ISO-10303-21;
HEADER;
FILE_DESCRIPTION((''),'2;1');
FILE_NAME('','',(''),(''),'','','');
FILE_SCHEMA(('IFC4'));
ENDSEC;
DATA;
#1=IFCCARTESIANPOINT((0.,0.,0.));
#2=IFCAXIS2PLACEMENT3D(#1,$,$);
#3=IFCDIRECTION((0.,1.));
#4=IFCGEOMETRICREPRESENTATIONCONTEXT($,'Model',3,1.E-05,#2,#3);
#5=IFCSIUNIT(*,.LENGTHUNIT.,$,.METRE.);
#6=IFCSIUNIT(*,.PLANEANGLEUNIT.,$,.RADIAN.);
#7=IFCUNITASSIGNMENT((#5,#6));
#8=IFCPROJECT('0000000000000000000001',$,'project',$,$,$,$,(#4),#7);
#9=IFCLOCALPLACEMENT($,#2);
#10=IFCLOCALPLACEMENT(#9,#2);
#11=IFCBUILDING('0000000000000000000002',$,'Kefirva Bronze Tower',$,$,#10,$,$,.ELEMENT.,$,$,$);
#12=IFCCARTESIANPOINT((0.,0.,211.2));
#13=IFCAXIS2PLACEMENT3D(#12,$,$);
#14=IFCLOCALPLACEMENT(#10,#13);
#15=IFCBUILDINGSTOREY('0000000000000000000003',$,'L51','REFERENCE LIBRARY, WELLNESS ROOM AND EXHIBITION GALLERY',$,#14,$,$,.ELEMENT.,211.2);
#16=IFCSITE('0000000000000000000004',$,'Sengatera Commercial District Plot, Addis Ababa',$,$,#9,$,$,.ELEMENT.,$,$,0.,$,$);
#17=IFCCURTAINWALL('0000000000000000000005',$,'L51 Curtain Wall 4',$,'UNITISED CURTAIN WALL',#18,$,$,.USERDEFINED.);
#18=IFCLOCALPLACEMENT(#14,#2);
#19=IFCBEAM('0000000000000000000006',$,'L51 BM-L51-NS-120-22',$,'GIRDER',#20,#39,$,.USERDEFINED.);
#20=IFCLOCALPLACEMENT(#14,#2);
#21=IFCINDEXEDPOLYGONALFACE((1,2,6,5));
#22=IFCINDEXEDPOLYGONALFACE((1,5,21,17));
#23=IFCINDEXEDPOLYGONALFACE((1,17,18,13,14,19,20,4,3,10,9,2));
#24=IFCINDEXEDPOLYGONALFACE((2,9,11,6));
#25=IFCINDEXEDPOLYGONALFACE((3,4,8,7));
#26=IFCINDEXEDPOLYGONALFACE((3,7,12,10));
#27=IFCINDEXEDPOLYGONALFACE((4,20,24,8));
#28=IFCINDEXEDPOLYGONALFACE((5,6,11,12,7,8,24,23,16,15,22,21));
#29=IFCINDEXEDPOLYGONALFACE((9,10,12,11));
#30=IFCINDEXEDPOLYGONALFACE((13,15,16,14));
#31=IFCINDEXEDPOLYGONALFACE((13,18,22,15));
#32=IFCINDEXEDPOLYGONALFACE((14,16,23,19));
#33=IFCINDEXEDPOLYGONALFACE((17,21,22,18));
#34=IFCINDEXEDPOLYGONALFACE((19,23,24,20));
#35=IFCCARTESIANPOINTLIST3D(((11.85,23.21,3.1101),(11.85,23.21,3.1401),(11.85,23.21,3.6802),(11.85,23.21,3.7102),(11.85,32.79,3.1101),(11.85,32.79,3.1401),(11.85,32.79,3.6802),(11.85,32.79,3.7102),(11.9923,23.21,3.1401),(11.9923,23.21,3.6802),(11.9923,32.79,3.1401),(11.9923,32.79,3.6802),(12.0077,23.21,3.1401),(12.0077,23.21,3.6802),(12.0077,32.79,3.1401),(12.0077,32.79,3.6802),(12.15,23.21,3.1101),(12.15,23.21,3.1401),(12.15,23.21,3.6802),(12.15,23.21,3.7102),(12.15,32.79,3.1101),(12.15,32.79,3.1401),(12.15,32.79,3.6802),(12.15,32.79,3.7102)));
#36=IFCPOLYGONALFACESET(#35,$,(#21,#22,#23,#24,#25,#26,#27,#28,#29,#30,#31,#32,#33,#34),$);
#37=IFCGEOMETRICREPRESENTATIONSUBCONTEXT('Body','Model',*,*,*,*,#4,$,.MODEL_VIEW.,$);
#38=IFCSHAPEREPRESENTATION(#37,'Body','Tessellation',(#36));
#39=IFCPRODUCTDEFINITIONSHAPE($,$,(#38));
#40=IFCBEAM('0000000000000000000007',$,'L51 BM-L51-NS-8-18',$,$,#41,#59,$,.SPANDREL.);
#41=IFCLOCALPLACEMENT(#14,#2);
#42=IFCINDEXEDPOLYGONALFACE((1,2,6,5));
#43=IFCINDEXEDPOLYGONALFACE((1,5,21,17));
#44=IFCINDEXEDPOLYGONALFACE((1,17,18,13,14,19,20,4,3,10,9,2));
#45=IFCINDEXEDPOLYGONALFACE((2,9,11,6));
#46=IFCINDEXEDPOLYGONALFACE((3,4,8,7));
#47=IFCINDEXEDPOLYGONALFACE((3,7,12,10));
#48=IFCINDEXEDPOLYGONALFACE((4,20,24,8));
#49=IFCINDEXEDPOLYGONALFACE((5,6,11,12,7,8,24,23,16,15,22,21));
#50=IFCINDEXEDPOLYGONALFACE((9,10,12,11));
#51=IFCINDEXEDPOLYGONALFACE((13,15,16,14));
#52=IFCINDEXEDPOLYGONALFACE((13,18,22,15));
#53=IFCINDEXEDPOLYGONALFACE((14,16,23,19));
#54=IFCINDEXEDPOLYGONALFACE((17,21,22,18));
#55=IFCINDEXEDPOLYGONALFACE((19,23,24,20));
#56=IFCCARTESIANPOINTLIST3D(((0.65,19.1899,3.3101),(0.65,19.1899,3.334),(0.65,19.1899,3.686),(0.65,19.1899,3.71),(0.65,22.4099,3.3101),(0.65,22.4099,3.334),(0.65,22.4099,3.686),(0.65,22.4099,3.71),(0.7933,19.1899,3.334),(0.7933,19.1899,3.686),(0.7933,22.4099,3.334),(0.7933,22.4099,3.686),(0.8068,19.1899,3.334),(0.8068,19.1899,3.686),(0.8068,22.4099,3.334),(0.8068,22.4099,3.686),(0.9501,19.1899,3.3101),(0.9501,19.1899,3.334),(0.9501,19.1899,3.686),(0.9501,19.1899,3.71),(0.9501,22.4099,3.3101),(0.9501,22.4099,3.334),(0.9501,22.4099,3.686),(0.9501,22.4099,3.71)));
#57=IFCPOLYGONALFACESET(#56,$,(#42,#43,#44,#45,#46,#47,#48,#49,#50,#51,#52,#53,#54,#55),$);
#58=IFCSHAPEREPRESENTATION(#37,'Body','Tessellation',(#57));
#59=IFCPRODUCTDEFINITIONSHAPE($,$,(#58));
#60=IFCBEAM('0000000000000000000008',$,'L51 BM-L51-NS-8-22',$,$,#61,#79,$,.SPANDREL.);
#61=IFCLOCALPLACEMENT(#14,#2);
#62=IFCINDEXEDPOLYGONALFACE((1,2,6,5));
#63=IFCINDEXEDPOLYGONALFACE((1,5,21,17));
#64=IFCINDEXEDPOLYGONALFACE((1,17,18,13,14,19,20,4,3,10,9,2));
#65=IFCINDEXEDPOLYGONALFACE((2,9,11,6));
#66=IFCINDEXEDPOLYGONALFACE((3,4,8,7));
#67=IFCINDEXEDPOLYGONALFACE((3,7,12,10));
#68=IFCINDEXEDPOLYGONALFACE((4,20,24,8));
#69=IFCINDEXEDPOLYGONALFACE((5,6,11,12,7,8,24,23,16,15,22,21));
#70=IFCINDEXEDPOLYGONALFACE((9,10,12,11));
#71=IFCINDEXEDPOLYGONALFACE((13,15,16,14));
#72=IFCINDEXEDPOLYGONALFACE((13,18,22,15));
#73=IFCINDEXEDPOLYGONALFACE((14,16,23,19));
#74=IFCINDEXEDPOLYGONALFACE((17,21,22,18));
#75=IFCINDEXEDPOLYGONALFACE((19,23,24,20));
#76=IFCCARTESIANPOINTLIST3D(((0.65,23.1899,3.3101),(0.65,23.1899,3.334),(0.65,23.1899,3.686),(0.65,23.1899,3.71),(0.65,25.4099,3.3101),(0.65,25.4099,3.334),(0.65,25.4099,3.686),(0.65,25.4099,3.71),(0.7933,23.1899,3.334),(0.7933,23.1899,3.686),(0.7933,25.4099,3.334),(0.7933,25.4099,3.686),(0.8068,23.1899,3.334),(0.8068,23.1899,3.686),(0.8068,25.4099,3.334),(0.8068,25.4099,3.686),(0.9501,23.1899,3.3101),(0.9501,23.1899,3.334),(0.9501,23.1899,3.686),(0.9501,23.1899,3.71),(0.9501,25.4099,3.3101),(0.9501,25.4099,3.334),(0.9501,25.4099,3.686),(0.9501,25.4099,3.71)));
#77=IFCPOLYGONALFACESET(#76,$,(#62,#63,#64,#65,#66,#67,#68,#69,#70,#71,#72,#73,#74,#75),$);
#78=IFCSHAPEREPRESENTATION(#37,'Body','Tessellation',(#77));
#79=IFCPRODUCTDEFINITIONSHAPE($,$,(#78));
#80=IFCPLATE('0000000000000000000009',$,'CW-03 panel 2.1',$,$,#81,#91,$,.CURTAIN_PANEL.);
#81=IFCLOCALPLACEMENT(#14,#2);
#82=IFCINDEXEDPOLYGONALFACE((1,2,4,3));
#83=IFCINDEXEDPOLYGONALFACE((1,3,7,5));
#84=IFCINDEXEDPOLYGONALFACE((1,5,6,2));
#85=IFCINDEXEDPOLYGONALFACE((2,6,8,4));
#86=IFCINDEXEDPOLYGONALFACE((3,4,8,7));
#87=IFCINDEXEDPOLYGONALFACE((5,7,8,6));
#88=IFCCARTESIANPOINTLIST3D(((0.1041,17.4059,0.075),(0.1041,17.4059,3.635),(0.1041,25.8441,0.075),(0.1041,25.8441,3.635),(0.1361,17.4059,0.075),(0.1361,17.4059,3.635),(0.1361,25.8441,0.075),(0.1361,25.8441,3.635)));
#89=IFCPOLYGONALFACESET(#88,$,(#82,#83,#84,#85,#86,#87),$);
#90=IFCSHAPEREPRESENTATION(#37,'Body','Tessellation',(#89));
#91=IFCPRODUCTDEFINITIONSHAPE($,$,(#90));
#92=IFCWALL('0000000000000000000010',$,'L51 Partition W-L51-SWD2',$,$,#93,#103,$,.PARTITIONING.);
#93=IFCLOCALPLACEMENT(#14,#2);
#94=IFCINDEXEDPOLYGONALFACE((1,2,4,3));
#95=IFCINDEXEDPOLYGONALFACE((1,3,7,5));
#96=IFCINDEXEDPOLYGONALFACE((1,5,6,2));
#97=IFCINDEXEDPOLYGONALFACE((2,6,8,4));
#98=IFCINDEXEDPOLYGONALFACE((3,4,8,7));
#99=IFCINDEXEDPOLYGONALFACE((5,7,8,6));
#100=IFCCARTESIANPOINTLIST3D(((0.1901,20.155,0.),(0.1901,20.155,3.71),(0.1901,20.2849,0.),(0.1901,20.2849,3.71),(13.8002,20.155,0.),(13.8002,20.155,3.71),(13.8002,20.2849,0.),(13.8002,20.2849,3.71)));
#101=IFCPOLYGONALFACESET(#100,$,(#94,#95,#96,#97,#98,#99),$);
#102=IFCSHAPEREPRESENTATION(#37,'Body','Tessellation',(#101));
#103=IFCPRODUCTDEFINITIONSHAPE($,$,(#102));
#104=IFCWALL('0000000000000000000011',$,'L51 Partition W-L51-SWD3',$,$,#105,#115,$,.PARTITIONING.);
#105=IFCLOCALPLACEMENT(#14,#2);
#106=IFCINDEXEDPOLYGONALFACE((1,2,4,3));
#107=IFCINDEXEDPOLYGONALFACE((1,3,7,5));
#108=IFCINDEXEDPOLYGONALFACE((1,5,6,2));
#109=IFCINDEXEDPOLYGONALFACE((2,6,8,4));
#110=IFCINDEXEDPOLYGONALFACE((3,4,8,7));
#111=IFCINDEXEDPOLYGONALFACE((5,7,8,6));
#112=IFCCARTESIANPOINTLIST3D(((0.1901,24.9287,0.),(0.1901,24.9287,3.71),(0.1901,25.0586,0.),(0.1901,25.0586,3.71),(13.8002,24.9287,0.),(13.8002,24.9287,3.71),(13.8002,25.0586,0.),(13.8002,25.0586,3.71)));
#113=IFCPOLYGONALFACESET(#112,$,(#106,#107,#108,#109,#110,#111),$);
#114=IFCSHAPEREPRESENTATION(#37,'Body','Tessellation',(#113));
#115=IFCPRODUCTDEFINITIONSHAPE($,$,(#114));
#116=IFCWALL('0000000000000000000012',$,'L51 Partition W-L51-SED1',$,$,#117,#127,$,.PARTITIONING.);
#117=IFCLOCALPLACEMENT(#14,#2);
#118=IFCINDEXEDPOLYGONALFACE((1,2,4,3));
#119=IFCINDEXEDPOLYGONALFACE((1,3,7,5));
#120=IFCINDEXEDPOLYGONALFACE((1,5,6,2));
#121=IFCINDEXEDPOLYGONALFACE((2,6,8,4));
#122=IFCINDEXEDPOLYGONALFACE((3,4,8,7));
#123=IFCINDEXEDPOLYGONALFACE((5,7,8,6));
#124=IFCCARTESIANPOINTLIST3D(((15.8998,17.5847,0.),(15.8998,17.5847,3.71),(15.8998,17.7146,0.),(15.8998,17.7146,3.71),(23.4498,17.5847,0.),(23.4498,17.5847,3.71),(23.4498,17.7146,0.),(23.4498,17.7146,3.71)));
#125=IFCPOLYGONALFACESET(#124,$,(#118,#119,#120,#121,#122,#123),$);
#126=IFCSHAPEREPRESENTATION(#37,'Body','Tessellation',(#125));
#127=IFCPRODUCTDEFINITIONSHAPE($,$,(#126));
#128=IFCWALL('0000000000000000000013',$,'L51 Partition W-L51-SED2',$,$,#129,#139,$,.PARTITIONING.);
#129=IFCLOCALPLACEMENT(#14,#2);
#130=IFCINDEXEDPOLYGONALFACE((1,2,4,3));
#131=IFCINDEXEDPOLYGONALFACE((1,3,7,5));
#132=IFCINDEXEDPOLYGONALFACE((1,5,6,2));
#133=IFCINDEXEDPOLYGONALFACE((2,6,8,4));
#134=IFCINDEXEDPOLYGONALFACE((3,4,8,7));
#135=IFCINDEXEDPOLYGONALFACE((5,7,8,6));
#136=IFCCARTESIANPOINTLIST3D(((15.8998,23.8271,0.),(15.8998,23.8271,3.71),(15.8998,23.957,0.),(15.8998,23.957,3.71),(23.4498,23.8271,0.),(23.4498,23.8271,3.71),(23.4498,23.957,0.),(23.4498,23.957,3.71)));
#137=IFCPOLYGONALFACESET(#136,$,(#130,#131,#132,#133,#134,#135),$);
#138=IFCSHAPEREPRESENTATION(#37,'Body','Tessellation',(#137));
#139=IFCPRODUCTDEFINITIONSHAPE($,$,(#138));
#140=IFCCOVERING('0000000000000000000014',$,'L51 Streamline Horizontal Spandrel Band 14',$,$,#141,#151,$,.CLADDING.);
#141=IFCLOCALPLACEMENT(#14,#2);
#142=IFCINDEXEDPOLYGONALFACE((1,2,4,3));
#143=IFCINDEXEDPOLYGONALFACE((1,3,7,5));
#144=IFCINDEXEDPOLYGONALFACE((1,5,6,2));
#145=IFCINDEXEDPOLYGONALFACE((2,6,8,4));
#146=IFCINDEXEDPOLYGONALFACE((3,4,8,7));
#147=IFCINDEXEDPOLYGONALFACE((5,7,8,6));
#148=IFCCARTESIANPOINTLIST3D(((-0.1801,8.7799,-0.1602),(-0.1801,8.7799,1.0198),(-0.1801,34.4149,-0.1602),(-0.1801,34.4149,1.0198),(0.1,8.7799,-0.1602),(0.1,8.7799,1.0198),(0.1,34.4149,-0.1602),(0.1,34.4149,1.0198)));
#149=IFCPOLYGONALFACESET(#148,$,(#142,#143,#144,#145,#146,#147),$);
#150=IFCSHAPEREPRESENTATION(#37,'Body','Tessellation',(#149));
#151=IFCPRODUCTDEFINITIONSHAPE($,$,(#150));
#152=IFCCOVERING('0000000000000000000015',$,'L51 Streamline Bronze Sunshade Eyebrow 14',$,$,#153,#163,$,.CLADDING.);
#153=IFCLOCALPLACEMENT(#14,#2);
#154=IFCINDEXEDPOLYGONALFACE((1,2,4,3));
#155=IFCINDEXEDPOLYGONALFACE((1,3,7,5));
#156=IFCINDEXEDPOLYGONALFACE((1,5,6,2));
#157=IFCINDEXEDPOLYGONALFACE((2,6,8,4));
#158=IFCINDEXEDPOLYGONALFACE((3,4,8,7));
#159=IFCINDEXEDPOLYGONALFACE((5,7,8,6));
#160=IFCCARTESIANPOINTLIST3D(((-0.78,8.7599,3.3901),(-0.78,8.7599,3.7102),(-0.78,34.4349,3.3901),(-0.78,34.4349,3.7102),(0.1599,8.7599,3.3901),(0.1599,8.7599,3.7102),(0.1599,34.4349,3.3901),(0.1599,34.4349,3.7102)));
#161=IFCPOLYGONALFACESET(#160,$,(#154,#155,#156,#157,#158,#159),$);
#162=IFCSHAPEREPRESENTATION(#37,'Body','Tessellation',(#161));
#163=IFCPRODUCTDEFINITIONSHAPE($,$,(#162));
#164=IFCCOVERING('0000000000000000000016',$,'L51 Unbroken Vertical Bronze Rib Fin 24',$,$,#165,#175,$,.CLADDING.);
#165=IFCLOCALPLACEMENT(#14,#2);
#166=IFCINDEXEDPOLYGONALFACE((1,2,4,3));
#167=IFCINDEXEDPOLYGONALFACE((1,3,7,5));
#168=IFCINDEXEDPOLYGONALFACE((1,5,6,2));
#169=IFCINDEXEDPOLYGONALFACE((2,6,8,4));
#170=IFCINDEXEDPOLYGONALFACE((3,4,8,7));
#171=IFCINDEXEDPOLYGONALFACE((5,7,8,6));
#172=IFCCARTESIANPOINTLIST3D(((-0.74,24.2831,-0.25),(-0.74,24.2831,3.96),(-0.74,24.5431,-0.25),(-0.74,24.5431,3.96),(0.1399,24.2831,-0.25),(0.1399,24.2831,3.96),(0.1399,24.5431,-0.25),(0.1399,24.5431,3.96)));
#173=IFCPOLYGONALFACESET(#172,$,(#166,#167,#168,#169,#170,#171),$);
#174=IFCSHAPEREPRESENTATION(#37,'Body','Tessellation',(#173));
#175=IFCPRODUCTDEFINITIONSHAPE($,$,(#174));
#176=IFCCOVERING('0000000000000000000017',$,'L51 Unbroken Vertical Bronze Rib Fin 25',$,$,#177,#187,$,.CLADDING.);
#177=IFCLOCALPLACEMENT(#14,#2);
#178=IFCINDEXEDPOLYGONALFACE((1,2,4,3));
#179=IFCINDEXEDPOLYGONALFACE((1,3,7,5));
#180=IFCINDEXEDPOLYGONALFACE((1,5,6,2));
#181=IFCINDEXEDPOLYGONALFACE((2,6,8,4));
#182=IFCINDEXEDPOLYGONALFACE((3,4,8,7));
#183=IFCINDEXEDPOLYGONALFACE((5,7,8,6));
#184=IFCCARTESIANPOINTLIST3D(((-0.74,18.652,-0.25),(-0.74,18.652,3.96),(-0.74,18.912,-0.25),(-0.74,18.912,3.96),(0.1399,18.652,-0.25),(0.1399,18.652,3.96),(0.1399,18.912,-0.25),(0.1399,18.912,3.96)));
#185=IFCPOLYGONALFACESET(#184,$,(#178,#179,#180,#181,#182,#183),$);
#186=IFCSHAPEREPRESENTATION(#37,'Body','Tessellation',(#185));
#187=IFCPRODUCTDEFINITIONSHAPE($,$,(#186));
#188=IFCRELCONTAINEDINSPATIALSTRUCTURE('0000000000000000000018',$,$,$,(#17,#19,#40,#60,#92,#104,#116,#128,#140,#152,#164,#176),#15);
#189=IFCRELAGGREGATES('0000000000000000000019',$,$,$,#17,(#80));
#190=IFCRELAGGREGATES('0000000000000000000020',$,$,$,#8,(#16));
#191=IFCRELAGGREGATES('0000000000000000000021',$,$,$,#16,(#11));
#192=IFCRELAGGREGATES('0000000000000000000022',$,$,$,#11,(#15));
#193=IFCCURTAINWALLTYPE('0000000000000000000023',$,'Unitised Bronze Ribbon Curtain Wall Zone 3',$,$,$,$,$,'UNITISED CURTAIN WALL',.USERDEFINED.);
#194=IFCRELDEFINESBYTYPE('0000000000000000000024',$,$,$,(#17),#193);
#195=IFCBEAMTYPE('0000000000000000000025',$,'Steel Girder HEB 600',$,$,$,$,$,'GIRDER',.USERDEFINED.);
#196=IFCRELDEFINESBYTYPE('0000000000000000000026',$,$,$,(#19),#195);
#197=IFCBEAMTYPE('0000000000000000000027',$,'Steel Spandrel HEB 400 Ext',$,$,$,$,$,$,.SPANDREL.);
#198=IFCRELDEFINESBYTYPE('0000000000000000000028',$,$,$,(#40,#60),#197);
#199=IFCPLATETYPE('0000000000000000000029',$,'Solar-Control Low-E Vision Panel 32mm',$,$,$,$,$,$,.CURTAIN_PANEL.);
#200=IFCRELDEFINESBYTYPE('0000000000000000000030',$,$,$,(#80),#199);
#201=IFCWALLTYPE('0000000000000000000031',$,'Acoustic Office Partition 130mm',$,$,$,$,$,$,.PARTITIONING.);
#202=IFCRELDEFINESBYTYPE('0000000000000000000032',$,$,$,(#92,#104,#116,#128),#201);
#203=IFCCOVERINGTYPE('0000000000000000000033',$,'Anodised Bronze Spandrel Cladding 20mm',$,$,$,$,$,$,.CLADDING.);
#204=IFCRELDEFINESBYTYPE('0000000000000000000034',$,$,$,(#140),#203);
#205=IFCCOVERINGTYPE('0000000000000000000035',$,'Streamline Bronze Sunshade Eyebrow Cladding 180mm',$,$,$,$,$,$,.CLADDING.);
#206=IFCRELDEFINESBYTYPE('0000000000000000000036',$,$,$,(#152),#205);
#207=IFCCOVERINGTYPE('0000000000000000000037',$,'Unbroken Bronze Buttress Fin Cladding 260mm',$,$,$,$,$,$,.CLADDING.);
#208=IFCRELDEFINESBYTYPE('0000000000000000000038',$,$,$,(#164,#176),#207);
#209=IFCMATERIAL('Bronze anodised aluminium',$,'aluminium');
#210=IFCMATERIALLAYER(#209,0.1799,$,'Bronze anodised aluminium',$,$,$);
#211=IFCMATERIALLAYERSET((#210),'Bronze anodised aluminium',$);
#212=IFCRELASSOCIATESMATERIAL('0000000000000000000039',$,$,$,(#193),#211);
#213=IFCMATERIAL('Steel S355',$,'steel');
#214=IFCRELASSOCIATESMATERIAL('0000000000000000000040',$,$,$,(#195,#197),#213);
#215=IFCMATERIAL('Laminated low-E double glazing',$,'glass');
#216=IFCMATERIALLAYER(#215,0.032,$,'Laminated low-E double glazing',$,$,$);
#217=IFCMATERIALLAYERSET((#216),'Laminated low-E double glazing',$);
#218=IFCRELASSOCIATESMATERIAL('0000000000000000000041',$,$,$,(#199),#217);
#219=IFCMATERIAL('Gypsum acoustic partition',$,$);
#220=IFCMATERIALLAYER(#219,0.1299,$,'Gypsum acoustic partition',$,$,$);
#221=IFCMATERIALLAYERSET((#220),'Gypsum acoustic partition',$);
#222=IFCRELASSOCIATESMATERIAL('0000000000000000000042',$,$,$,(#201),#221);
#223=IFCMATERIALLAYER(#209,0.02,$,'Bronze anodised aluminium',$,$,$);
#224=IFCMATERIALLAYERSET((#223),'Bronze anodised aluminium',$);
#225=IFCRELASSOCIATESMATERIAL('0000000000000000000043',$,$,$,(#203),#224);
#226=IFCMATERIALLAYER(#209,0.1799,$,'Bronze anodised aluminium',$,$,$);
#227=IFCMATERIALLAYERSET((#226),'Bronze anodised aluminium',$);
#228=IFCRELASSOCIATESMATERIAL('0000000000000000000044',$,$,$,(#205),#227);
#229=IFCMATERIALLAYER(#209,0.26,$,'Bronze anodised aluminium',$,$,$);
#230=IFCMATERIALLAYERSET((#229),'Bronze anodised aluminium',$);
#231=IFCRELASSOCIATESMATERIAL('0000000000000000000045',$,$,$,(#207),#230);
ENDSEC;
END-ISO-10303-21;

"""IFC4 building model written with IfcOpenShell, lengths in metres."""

from ifc_helpers import new_model, si_unit, direction, frame, frame_2d, origin, origin_2d, place, context, subcontext, project, spatial, rectangle, i_section, extrude, material, layer, layer_set, material_profile, profile_set, type_object, element, aggregate, save


model = new_model("IFC4")

# Units and contexts
model_context = context("Model", 3, precision=1e-05, world=origin(), true_north=direction((0.0, 1.0)))
body_context = subcontext(model_context, "Body", "Model", "MODEL_VIEW")
ifc_project = project(units=[si_unit("LENGTHUNIT", "METRE"), si_unit("PLANEANGLEUNIT", "RADIAN")], contexts=[model_context])

# Site, building, storey
site_placement = place(None, origin())
site = spatial("IfcSite", under=ifc_project, at=site_placement, Name="Sengatera Commercial District Plot, Addis Ababa", CompositionType="ELEMENT", RefElevation=0.0)
building_placement = place(site_placement, origin())
building = spatial("IfcBuilding", under=site, at=building_placement, Name="Kefirva Bronze Tower", CompositionType="ELEMENT")
storey_placement = place(building_placement, frame((0.0, 0.0, 211.2)))
storey = spatial("IfcBuildingStorey", under=building, at=storey_placement, Name="L51", Description="REFERENCE LIBRARY, WELLNESS ROOM AND EXHIBITION GALLERY", CompositionType="ELEMENT", Elevation=211.2)

# Curtain wall
ifc_material_1 = material(Name="Bronze anodised aluminium", Category="aluminium")
ifc_layer_1 = layer(ifc_material_1, 0.1799, Name="Bronze anodised aluminium")
ifc_layer_set_1 = layer_set([ifc_layer_1], Name="Bronze anodised aluminium")
curtain_wall_type = type_object("IfcCurtainWallType", Name="Unitised Bronze Ribbon Curtain Wall Zone 3", ElementType="UNITISED CURTAIN WALL", PredefinedType="USERDEFINED", material=ifc_layer_set_1)
curtain_wall_placement = place(storey_placement, origin())
curtain_wall = element("IfcCurtainWall", 1, at=curtain_wall_placement, inside=storey, type_object=curtain_wall_type, Name="L51 Curtain Wall 4", ObjectType="UNITISED CURTAIN WALL", PredefinedType="USERDEFINED")

# Beams
ifc_material_2 = material(Name="Steel S355", Category="steel")
ifc_material_profile_1 = material_profile(ifc_material_2, i_section(OverallWidth=0.3, OverallDepth=0.6001, WebThickness=0.0154, FlangeThickness=0.03, at=origin_2d()), Name="HEB 600")
ifc_profile_set_1 = profile_set([ifc_material_profile_1], Name="Steel S355")
beam_type_1 = type_object("IfcBeamType", Name="Steel Girder HEB 600", ElementType="GIRDER", PredefinedType="USERDEFINED", material=ifc_profile_set_1)
beam_1_placement = place(storey_placement, frame((12.0, 23.21, 3.4102), z_axis=(0.0, 1.0, 0.0), x_axis=(-1.0, 0.0, 0.0)))
element("IfcBeam", 2, at=beam_1_placement, inside=storey, type_object=beam_type_1, Name="L51 BM-L51-NS-120-22", ObjectType="GIRDER", PredefinedType="USERDEFINED", context=body_context, shape_type="SweptSolid", body=[
    extrude(i_section(OverallWidth=0.3, OverallDepth=0.6001, WebThickness=0.0154, FlangeThickness=0.03, at=origin_2d()), origin(), (0.0, 0.0, 1.0), 9.5801),
])
ifc_material_profile_2 = material_profile(ifc_material_2, i_section(OverallWidth=0.3, OverallDepth=0.3999, WebThickness=0.0134, FlangeThickness=0.0239, at=origin_2d()), Name="HEB 400")
ifc_profile_set_2 = profile_set([ifc_material_profile_2], Name="Steel S355")
beam_type_2 = type_object("IfcBeamType", Name="Steel Spandrel HEB 400 Ext", PredefinedType="SPANDREL", material=ifc_profile_set_2)
beam_2_placement = place(storey_placement, frame((0.8, 19.1899, 3.51), z_axis=(0.0, 1.0, 0.0), x_axis=(-1.0, 0.0, 0.0)))
element("IfcBeam", 3, at=beam_2_placement, inside=storey, type_object=beam_type_2, Name="L51 BM-L51-NS-8-18", PredefinedType="SPANDREL", context=body_context, shape_type="SweptSolid", body=[
    extrude(i_section(OverallWidth=0.3, OverallDepth=0.3999, WebThickness=0.0134, FlangeThickness=0.0239, at=origin_2d()), origin(), (0.0, 0.0, 1.0), 3.22),
])
beam_3_placement = place(storey_placement, frame((0.8, 23.1899, 3.51), z_axis=(0.0, 1.0, 0.0), x_axis=(-1.0, 0.0, 0.0)))
element("IfcBeam", 4, at=beam_3_placement, inside=storey, type_object=beam_type_2, Name="L51 BM-L51-NS-8-22", PredefinedType="SPANDREL", context=body_context, shape_type="SweptSolid", body=[
    extrude(i_section(OverallWidth=0.3, OverallDepth=0.3999, WebThickness=0.0134, FlangeThickness=0.0239, at=origin_2d()), origin(), (0.0, 0.0, 1.0), 2.22),
])

# Plate
ifc_material_3 = material(Name="Laminated low-E double glazing", Category="glass")
ifc_layer_2 = layer(ifc_material_3, 0.032, Name="Laminated low-E double glazing")
ifc_layer_set_2 = layer_set([ifc_layer_2], Name="Laminated low-E double glazing")
plate_type = type_object("IfcPlateType", Name="Solar-Control Low-E Vision Panel 32mm", PredefinedType="CURTAIN_PANEL", material=ifc_layer_set_2)
plate_placement = place(storey_placement, frame((0.1201, 21.625, 0.075), z_axis=(0.0, 0.0, 1.0), x_axis=(0.0, -1.0, 0.0)))
plate = element("IfcPlate", 5, at=plate_placement, type_object=plate_type, Name="CW-03 panel 2.1", PredefinedType="CURTAIN_PANEL", context=body_context, shape_type="SweptSolid", body=[
    extrude(rectangle(XDim=8.4382, YDim=0.032, at=origin_2d()), origin(), (0.0, 0.0, 1.0), 3.5601),
])
aggregate(curtain_wall, [plate])

# Walls
ifc_material_4 = material(Name="Gypsum acoustic partition")
ifc_layer_3 = layer(ifc_material_4, 0.1299, Name="Gypsum acoustic partition")
ifc_layer_set_3 = layer_set([ifc_layer_3], Name="Gypsum acoustic partition")
wall_type = type_object("IfcWallType", Name="Acoustic Office Partition 130mm", PredefinedType="PARTITIONING", material=ifc_layer_set_3)
for number, where, z_axis, x_axis, name in (
    (6, (0.1899, 20.22, 0.0), (0.0, 0.0, 1.0), (1.0, 0.0, 0.0), "L51 Partition W-L51-SWD2"),
    (7, (0.1899, 24.9937, 0.0), (0.0, 0.0, 1.0), (1.0, 0.0, 0.0), "L51 Partition W-L51-SWD3"),
):
    element("IfcWall", number, at=place(storey_placement, frame(where, z_axis=z_axis, x_axis=x_axis)), inside=storey, type_object=wall_type, Name=name, PredefinedType="PARTITIONING", context=body_context, shape_type="SweptSolid", body=[
        extrude(rectangle(XDim=13.6101, YDim=0.1299, at=frame_2d((6.8052, 0.0))), origin(), (0.0, 0.0, 1.0), 3.71),
    ])
for number, where, z_axis, x_axis, name in (
    (8, (15.8999, 17.6497, 0.0), (0.0, 0.0, 1.0), (1.0, 0.0, 0.0), "L51 Partition W-L51-SED1"),
    (9, (15.8999, 23.8921, 0.0), (0.0, 0.0, 1.0), (1.0, 0.0, 0.0), "L51 Partition W-L51-SED2"),
):
    element("IfcWall", number, at=place(storey_placement, frame(where, z_axis=z_axis, x_axis=x_axis)), inside=storey, type_object=wall_type, Name=name, PredefinedType="PARTITIONING", context=body_context, shape_type="SweptSolid", body=[
        extrude(rectangle(XDim=7.55, YDim=0.1299, at=frame_2d((3.7749, 0.0))), origin(), (0.0, 0.0, 1.0), 3.71),
    ])

# Coverings
ifc_layer_4 = layer(ifc_material_1, 0.02, Name="Bronze anodised aluminium")
ifc_layer_set_4 = layer_set([ifc_layer_4], Name="Bronze anodised aluminium")
covering_type_1 = type_object("IfcCoveringType", Name="Anodised Bronze Spandrel Cladding 20mm", PredefinedType="CLADDING", material=ifc_layer_set_4)
covering_1_placement = place(storey_placement, frame((-0.04, 21.5974, -0.1602), z_axis=(0.0, 0.0, 1.0), x_axis=(0.0, -1.0, 0.0)))
element("IfcCovering", 10, at=covering_1_placement, inside=storey, type_object=covering_type_1, Name="L51 Streamline Horizontal Spandrel Band 14", PredefinedType="CLADDING", context=body_context, shape_type="SweptSolid", body=[
    extrude(rectangle(XDim=25.635, YDim=0.28, at=origin_2d()), origin(), (0.0, 0.0, 1.0), 1.1799),
])
ifc_layer_5 = layer(ifc_material_1, 0.1799, Name="Bronze anodised aluminium")
ifc_layer_set_5 = layer_set([ifc_layer_5], Name="Bronze anodised aluminium")
covering_type_2 = type_object("IfcCoveringType", Name="Streamline Bronze Sunshade Eyebrow Cladding 180mm", PredefinedType="CLADDING", material=ifc_layer_set_5)
covering_2_placement = place(storey_placement, frame((-0.3101, 21.5974, 3.3901), z_axis=(0.0, 0.0, 1.0), x_axis=(0.0, -1.0, 0.0)))
element("IfcCovering", 11, at=covering_2_placement, inside=storey, type_object=covering_type_2, Name="L51 Streamline Bronze Sunshade Eyebrow 14", PredefinedType="CLADDING", context=body_context, shape_type="SweptSolid", body=[
    extrude(rectangle(XDim=25.675, YDim=0.9399, at=origin_2d()), origin(), (0.0, 0.0, 1.0), 0.3201),
])
ifc_layer_6 = layer(ifc_material_1, 0.26, Name="Bronze anodised aluminium")
ifc_layer_set_6 = layer_set([ifc_layer_6], Name="Bronze anodised aluminium")
covering_type_3 = type_object("IfcCoveringType", Name="Unbroken Bronze Buttress Fin Cladding 260mm", PredefinedType="CLADDING", material=ifc_layer_set_6)
for number, where, z_axis, x_axis, name in (
    (12, (-0.3, 24.4131, -0.25), (0.0, 0.0, 1.0), (0.0, -1.0, 0.0), "L51 Unbroken Vertical Bronze Rib Fin 24"),
    (13, (-0.3, 18.782, -0.25), (0.0, 0.0, 1.0), (0.0, -1.0, 0.0), "L51 Unbroken Vertical Bronze Rib Fin 25"),
):
    element("IfcCovering", number, at=place(storey_placement, frame(where, z_axis=z_axis, x_axis=x_axis)), inside=storey, type_object=covering_type_3, Name=name, PredefinedType="CLADDING", context=body_context, shape_type="SweptSolid", body=[
        extrude(rectangle(XDim=0.26, YDim=0.8799, at=origin_2d()), origin(), (0.0, 0.0, 1.0), 4.21),
    ])

save(model, "model.ifc")
